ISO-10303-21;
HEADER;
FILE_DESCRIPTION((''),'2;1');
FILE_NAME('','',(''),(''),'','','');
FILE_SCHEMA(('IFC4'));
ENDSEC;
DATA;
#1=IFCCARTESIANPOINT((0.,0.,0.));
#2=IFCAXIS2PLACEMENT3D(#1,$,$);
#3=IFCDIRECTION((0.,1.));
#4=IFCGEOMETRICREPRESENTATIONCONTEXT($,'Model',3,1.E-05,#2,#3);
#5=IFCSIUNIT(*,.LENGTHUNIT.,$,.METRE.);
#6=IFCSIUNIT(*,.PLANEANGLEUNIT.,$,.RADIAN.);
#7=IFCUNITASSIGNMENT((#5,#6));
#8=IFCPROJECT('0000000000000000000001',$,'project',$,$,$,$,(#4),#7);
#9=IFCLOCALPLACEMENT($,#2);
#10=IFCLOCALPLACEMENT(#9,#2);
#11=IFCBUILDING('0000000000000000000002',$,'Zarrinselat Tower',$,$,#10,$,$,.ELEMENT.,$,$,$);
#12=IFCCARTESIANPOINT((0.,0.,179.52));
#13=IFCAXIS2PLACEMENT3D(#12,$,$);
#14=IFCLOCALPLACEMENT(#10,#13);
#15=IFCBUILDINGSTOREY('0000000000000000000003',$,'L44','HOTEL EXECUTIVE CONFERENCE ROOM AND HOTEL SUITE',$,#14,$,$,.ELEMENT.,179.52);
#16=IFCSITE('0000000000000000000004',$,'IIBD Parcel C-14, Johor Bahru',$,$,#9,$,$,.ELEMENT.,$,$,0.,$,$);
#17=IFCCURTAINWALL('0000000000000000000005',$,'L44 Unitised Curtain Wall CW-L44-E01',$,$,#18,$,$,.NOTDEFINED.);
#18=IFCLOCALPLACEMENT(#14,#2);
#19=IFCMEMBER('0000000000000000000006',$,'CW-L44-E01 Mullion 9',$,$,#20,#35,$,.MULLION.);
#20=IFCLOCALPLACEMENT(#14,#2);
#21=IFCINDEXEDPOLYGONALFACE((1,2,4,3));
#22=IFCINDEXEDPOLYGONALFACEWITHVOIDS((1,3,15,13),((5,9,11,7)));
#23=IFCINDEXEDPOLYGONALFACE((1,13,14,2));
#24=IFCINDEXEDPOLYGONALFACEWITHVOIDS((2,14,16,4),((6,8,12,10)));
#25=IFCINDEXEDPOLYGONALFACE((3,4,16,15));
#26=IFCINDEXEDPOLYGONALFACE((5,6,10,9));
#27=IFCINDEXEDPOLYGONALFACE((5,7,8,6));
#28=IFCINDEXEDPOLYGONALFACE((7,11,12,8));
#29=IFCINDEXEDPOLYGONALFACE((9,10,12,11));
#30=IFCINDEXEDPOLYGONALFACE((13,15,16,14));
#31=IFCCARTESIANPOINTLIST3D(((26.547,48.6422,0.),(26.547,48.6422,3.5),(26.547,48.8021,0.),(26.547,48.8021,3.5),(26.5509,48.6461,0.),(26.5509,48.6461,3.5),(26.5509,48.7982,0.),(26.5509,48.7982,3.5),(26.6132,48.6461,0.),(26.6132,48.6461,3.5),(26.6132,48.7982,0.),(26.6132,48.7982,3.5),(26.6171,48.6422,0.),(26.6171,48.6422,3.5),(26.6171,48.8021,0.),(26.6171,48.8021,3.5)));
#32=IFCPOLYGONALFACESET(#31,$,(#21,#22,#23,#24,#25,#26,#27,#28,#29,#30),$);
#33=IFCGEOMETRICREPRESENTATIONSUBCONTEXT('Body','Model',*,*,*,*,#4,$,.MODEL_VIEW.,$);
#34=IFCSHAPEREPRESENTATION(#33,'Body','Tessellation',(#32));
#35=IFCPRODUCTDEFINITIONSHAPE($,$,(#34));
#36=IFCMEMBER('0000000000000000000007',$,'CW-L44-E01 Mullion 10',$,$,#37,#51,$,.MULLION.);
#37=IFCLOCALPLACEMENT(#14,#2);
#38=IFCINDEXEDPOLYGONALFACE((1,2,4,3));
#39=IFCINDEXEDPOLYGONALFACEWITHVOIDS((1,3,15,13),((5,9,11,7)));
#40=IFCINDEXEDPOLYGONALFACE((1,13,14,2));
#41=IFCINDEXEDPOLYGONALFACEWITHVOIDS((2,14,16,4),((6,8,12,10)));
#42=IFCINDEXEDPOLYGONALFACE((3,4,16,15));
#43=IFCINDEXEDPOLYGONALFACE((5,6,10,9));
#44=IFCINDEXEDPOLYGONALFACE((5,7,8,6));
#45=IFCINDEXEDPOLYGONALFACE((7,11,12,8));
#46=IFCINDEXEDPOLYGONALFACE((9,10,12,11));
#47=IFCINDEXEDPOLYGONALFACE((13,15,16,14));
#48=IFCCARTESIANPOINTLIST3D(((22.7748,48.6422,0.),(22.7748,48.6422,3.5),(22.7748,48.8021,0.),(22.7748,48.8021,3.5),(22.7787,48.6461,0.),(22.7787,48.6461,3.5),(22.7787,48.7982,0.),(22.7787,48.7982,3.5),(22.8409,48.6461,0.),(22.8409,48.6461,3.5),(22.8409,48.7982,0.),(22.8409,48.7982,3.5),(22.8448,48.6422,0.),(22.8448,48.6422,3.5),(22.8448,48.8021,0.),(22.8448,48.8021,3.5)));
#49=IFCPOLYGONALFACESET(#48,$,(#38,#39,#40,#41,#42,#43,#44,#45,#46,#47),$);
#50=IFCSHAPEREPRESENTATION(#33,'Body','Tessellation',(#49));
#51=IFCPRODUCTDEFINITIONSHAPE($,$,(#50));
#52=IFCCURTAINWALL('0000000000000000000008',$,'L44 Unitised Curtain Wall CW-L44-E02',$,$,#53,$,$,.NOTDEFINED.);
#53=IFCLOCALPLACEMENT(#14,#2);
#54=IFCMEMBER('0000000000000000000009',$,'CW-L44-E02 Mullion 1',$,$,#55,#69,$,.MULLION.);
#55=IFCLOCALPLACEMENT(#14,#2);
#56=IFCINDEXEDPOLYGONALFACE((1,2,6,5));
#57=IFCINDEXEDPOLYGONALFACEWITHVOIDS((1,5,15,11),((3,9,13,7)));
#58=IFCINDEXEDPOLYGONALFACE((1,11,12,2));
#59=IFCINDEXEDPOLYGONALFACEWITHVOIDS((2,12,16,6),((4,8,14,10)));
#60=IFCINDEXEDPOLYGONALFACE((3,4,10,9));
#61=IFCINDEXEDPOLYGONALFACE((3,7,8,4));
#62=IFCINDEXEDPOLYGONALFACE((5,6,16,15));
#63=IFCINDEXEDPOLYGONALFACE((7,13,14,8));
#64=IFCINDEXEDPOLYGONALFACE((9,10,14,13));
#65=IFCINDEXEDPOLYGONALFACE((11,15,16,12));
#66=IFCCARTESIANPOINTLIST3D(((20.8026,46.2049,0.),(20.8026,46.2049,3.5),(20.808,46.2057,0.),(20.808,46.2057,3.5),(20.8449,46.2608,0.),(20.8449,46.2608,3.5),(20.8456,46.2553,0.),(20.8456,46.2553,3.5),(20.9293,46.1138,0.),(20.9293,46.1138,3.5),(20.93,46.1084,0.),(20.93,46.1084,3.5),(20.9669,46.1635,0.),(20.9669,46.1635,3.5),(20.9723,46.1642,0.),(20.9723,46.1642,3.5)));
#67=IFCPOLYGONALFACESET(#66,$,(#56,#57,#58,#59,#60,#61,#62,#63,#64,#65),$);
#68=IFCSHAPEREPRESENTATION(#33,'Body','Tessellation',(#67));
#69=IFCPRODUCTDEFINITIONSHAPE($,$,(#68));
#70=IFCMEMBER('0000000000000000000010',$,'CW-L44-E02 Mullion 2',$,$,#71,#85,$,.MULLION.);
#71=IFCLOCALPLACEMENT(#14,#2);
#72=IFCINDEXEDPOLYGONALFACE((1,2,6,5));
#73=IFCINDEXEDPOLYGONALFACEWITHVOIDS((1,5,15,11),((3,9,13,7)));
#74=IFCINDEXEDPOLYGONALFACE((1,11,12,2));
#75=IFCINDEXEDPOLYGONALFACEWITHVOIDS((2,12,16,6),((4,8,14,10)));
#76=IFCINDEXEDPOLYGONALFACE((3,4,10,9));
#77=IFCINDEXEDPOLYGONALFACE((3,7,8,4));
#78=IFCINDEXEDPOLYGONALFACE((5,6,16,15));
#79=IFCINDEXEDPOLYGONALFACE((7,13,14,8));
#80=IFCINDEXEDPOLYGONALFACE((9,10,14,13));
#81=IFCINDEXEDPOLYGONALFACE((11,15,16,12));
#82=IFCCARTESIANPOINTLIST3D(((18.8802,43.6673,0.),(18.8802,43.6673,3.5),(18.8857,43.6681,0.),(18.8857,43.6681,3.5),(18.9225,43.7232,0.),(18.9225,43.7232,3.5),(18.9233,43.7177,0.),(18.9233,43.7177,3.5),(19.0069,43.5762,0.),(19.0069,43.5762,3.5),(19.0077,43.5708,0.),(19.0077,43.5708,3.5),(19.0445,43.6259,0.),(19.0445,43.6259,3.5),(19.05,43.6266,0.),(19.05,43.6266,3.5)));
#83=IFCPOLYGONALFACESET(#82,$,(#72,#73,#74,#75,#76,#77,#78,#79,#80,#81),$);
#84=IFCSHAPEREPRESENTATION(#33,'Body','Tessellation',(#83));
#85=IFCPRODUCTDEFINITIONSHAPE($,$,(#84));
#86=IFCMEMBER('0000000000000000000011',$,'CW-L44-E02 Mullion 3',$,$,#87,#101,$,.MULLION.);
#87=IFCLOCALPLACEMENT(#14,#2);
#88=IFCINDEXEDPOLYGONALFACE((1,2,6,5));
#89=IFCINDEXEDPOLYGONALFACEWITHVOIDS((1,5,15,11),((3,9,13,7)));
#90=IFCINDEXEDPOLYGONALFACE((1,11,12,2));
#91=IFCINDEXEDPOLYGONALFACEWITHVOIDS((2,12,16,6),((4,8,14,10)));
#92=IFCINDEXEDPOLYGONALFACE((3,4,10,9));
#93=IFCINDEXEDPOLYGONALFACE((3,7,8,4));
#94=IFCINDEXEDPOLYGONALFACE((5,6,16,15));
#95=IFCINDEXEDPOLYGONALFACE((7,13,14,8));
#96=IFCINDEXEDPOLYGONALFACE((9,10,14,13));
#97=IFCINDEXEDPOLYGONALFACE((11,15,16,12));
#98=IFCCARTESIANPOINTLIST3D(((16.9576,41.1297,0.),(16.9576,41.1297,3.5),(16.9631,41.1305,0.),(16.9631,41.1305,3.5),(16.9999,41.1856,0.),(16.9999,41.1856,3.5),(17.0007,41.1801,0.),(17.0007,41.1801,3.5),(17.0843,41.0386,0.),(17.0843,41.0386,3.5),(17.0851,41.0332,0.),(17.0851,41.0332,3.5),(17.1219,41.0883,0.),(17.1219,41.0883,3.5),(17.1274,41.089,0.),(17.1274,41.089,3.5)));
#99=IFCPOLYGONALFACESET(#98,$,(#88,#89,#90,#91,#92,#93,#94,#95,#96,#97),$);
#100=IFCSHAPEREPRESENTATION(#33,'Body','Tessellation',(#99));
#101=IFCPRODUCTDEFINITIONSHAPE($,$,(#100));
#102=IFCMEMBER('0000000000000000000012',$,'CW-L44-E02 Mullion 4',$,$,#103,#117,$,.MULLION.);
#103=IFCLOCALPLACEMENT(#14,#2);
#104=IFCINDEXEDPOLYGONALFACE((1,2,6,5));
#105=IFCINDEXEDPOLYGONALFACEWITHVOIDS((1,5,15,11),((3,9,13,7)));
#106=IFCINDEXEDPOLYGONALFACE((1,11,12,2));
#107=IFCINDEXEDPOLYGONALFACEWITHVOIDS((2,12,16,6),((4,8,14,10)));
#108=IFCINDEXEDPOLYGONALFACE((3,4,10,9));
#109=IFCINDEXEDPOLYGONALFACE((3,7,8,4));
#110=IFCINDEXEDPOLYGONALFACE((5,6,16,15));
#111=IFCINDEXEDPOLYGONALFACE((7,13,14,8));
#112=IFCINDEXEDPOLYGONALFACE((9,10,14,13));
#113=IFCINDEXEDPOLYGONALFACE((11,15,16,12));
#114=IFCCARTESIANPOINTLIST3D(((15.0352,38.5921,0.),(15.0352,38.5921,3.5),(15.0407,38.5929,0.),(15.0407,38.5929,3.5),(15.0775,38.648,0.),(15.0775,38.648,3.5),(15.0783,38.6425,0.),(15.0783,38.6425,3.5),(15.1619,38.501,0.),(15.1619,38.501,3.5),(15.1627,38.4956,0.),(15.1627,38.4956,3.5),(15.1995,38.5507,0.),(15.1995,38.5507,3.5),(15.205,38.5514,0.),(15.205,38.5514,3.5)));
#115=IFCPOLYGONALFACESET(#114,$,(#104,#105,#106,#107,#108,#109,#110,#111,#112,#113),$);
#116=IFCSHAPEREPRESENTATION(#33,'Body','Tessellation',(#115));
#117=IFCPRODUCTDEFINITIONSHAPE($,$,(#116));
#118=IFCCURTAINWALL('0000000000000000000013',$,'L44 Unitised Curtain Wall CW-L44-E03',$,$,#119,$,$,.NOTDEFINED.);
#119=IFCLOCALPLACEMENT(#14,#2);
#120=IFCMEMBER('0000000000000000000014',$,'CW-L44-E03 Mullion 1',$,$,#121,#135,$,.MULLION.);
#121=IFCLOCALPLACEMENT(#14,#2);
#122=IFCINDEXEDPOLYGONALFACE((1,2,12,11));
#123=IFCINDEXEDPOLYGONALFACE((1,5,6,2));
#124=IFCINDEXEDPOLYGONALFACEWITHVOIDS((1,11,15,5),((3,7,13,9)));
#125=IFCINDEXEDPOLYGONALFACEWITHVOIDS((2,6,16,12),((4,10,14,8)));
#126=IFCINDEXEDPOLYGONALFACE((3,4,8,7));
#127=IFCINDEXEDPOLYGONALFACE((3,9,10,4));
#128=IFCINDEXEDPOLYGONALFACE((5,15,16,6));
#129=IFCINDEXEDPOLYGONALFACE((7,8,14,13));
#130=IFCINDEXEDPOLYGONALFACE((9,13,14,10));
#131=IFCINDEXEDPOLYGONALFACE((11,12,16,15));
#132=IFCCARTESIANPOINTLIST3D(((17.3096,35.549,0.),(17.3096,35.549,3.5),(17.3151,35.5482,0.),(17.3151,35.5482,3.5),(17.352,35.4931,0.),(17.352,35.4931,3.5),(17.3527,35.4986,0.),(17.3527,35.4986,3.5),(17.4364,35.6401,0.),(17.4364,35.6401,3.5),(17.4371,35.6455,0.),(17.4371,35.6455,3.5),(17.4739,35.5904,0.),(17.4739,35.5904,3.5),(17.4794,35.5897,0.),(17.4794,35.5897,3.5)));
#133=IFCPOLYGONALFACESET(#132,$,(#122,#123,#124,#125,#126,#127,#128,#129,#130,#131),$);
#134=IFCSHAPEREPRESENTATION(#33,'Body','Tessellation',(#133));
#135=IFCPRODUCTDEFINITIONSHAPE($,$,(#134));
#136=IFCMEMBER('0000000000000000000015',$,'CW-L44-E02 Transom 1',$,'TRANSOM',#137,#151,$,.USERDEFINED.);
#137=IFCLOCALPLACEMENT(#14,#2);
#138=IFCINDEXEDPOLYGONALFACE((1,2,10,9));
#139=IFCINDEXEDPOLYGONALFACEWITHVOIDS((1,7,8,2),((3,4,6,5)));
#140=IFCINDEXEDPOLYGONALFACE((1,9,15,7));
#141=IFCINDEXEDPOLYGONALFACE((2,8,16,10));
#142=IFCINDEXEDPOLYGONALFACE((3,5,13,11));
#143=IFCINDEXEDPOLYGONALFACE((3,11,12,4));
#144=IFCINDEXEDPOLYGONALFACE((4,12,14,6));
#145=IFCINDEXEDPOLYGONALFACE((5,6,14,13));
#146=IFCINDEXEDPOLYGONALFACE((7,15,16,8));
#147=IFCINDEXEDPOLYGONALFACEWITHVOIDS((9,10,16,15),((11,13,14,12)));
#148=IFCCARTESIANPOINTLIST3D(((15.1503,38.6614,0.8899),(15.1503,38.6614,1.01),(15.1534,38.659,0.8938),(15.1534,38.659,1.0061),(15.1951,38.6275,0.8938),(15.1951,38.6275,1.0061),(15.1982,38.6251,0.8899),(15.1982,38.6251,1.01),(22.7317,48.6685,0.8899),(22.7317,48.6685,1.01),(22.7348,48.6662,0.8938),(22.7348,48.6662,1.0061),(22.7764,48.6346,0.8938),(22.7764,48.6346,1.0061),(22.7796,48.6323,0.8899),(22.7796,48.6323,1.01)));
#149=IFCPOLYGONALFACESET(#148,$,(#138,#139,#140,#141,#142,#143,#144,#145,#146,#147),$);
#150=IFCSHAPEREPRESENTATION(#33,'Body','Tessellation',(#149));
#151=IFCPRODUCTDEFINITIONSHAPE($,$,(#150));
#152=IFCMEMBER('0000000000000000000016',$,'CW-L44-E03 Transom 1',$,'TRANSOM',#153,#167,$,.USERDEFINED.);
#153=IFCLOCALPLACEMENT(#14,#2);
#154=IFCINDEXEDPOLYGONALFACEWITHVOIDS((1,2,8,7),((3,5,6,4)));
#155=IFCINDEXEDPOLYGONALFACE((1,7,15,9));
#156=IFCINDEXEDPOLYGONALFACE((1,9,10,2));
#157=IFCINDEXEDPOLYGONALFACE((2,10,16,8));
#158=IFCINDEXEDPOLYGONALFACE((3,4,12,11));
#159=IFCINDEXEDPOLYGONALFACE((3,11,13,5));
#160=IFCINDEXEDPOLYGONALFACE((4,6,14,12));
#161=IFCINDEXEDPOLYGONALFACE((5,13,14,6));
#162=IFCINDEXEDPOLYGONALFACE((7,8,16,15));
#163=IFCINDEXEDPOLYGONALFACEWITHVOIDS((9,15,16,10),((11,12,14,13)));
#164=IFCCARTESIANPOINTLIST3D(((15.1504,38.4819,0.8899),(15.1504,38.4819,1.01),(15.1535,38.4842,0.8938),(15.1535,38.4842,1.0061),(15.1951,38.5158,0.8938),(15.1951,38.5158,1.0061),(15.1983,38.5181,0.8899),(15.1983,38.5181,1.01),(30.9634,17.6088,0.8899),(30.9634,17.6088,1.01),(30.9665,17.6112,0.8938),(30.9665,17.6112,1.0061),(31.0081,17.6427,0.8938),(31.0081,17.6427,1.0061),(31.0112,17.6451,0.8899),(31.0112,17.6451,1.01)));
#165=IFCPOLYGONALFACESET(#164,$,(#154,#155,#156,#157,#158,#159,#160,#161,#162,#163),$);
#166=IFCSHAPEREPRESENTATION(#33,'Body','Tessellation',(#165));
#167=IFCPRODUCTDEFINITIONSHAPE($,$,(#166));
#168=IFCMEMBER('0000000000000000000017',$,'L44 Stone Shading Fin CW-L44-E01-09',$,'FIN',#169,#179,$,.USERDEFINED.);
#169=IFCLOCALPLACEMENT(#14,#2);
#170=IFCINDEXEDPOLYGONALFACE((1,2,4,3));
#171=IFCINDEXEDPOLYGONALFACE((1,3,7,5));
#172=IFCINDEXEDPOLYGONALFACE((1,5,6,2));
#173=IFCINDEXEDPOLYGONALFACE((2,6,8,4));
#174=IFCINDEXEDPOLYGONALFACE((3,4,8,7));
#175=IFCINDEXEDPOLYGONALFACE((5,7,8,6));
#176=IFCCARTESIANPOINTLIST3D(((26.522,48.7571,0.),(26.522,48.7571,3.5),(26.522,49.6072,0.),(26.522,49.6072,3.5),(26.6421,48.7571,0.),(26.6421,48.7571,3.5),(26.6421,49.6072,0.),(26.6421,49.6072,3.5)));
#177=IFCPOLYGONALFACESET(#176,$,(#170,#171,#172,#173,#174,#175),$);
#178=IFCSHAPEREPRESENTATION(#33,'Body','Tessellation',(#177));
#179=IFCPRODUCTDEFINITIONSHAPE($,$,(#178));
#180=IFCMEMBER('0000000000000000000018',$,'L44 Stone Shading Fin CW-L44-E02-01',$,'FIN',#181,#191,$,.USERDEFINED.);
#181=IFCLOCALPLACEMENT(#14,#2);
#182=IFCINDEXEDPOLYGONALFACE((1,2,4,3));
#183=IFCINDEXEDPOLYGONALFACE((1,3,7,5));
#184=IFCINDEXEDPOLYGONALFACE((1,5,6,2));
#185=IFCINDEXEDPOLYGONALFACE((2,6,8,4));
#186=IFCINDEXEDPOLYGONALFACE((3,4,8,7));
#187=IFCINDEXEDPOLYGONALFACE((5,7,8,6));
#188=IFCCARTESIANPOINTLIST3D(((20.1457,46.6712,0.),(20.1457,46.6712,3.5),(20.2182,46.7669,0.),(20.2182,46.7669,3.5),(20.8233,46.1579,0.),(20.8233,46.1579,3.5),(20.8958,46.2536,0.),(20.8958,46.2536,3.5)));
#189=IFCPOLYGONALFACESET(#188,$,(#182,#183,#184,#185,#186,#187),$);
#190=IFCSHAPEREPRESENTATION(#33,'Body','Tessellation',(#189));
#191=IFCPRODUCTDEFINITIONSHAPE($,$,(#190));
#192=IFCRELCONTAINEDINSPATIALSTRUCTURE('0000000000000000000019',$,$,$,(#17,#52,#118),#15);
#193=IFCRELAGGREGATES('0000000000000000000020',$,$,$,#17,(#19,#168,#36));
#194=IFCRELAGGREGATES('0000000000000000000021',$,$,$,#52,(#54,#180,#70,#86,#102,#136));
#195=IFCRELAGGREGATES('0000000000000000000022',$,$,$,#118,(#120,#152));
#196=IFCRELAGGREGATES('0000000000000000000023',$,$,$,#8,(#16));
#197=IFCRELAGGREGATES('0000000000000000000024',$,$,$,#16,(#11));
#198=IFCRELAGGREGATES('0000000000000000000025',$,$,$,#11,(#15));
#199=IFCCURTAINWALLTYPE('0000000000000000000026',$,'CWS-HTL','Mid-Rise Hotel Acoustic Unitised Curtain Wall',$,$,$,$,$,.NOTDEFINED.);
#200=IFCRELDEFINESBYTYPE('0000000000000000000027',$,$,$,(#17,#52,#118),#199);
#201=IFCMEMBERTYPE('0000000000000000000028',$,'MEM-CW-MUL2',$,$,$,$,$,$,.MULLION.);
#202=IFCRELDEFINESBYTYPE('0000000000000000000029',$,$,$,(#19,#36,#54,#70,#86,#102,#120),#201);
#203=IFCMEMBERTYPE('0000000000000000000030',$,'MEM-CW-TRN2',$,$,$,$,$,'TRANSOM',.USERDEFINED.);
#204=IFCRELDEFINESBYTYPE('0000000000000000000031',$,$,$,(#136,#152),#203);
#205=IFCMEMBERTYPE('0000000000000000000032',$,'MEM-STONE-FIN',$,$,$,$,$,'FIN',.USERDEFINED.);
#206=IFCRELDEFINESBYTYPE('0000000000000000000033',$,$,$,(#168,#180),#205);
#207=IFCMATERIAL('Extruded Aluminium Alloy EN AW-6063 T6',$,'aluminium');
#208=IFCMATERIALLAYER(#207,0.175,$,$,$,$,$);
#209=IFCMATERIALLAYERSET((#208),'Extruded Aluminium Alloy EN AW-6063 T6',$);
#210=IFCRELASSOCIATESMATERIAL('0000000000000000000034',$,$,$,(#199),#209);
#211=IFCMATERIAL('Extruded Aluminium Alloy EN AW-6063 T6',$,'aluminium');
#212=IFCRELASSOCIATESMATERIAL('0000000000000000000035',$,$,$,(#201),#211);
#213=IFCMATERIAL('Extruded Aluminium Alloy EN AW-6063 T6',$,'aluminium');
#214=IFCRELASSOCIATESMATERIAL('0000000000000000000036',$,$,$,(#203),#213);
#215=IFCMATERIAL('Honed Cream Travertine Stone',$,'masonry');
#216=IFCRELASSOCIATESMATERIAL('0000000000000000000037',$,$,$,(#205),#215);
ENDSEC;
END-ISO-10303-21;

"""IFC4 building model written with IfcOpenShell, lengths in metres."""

from ifc_helpers import new_model, si_unit, direction, frame, origin, origin_2d, place, context, subcontext, project, spatial, rectangle, hollow_rectangle, extrude, material, layer, layer_set, material_profile, profile_set, type_object, element, aggregate, save


model = new_model("IFC4")

# Units and contexts
model_context = context("Model", 3, precision=1e-05, world=origin(), true_north=direction((0.0, 1.0)))
body_context = subcontext(model_context, "Body", "Model", "MODEL_VIEW")
ifc_project = project(units=[si_unit("LENGTHUNIT", "METRE"), si_unit("PLANEANGLEUNIT", "RADIAN")], contexts=[model_context])

# Site, building, storey
site_placement = place(None, origin())
site = spatial("IfcSite", under=ifc_project, at=site_placement, Name="IIBD Parcel C-14, Johor Bahru", CompositionType="ELEMENT", RefElevation=0.0)
building_placement = place(site_placement, origin())
building = spatial("IfcBuilding", under=site, at=building_placement, Name="Zarrinselat Tower", CompositionType="ELEMENT")
storey_placement = place(building_placement, frame((0.0, 0.0, 179.52)))
storey = spatial("IfcBuildingStorey", under=building, at=storey_placement, Name="L44", Description="HOTEL EXECUTIVE CONFERENCE ROOM AND HOTEL SUITE", CompositionType="ELEMENT", Elevation=179.52)

# Curtain walls, members
ifc_material_1 = material(Name="Extruded Aluminium Alloy EN AW-6063 T6", Category="aluminium")
ifc_layer_1 = layer(ifc_material_1, 0.175)
ifc_layer_set_1 = layer_set([ifc_layer_1], Name="Extruded Aluminium Alloy EN AW-6063 T6")
curtain_wall_type = type_object("IfcCurtainWallType", Name="CWS-HTL", Description="Mid-Rise Hotel Acoustic Unitised Curtain Wall", PredefinedType="NOTDEFINED", material=ifc_layer_set_1)
curtain_wall_1_placement = place(storey_placement, origin())
curtain_wall_1 = element("IfcCurtainWall", 1, at=curtain_wall_1_placement, inside=storey, type_object=curtain_wall_type, Name="L44 Unitised Curtain Wall CW-L44-E01", PredefinedType="NOTDEFINED")
ifc_material_2 = material(Name="Extruded Aluminium Alloy EN AW-6063 T6", Category="aluminium")
ifc_material_profile_1 = material_profile(ifc_material_2, hollow_rectangle(XDim=0.0701, YDim=0.1599, WallThickness=0.0039, at=origin_2d()), Name="RHS 160x70x4")
ifc_profile_set_1 = profile_set([ifc_material_profile_1], Name="Extruded Aluminium Alloy EN AW-6063 T6")
member_type_1 = type_object("IfcMemberType", Name="MEM-CW-MUL2", PredefinedType="MULLION", material=ifc_profile_set_1)
member_1_placement = place(storey_placement, frame((26.582, 48.7222, 0.0), z_axis=(0.0, 0.0, 1.0), x_axis=(-1.0, 0.0, 0.0)))
member_1 = element("IfcMember", 2, at=member_1_placement, type_object=member_type_1, Name="CW-L44-E01 Mullion 9", PredefinedType="MULLION", context=body_context, shape_type="SweptSolid", body=[
    extrude(hollow_rectangle(XDim=0.0701, YDim=0.1599, WallThickness=0.0039, at=origin_2d()), origin(), (0.0, 0.0, 1.0), 3.5),
])
member_2_placement = place(storey_placement, frame((22.8098, 48.7222, 0.0), z_axis=(0.0, 0.0, 1.0), x_axis=(-1.0, 0.0, 0.0)))
member_2 = element("IfcMember", 3, at=member_2_placement, type_object=member_type_1, Name="CW-L44-E01 Mullion 10", PredefinedType="MULLION", context=body_context, shape_type="SweptSolid", body=[
    extrude(hollow_rectangle(XDim=0.0701, YDim=0.1599, WallThickness=0.0039, at=origin_2d()), origin(), (0.0, 0.0, 1.0), 3.5),
])
curtain_wall_2_placement = place(storey_placement, origin())
curtain_wall_2 = element("IfcCurtainWall", 4, at=curtain_wall_2_placement, inside=storey, type_object=curtain_wall_type, Name="L44 Unitised Curtain Wall CW-L44-E02", PredefinedType="NOTDEFINED")
member_3_placement = place(storey_placement, frame((20.8875, 46.1846, 0.0), z_axis=(0.0, 0.0, 1.0), x_axis=(-0.603859, -0.797091, 0.0)))
member_3 = element("IfcMember", 5, at=member_3_placement, type_object=member_type_1, Name="CW-L44-E02 Mullion 1", PredefinedType="MULLION", context=body_context, shape_type="SweptSolid", body=[
    extrude(hollow_rectangle(XDim=0.0701, YDim=0.1599, WallThickness=0.0039, at=origin_2d()), origin(), (0.0, 0.0, 1.0), 3.5),
])
member_4_placement = place(storey_placement, frame((18.9651, 43.647, 0.0), z_axis=(0.0, 0.0, 1.0), x_axis=(-0.603859, -0.797091, 0.0)))
member_4 = element("IfcMember", 6, at=member_4_placement, type_object=member_type_1, Name="CW-L44-E02 Mullion 2", PredefinedType="MULLION", context=body_context, shape_type="SweptSolid", body=[
    extrude(hollow_rectangle(XDim=0.0701, YDim=0.1599, WallThickness=0.0039, at=origin_2d()), origin(), (0.0, 0.0, 1.0), 3.5),
])
member_5_placement = place(storey_placement, frame((17.0425, 41.1094, 0.0), z_axis=(0.0, 0.0, 1.0), x_axis=(-0.603859, -0.797091, 0.0)))
member_5 = element("IfcMember", 7, at=member_5_placement, type_object=member_type_1, Name="CW-L44-E02 Mullion 3", PredefinedType="MULLION", context=body_context, shape_type="SweptSolid", body=[
    extrude(hollow_rectangle(XDim=0.0701, YDim=0.1599, WallThickness=0.0039, at=origin_2d()), origin(), (0.0, 0.0, 1.0), 3.5),
])
member_6_placement = place(storey_placement, frame((15.1201, 38.5718, 0.0), z_axis=(0.0, 0.0, 1.0), x_axis=(-0.603859, -0.797091, 0.0)))
member_6 = element("IfcMember", 8, at=member_6_placement, type_object=member_type_1, Name="CW-L44-E02 Mullion 4", PredefinedType="MULLION", context=body_context, shape_type="SweptSolid", body=[
    extrude(hollow_rectangle(XDim=0.0701, YDim=0.1599, WallThickness=0.0039, at=origin_2d()), origin(), (0.0, 0.0, 1.0), 3.5),
])

# Curtain wall, member
curtain_wall_3_placement = place(storey_placement, origin())
curtain_wall_3 = element("IfcCurtainWall", 9, at=curtain_wall_3_placement, inside=storey, type_object=curtain_wall_type, Name="L44 Unitised Curtain Wall CW-L44-E03", PredefinedType="NOTDEFINED")
member_7_placement = place(storey_placement, frame((17.3945, 35.5693, 0.0), z_axis=(0.0, 0.0, 1.0), x_axis=(0.603857, -0.797092, 0.0)))
member_7 = element("IfcMember", 10, at=member_7_placement, type_object=member_type_1, Name="CW-L44-E03 Mullion 1", PredefinedType="MULLION", context=body_context, shape_type="SweptSolid", body=[
    extrude(hollow_rectangle(XDim=0.0701, YDim=0.1599, WallThickness=0.0039, at=origin_2d()), origin(), (0.0, 0.0, 1.0), 3.5),
])

# Members
ifc_material_3 = material(Name="Extruded Aluminium Alloy EN AW-6063 T6", Category="aluminium")
ifc_material_profile_2 = material_profile(ifc_material_3, hollow_rectangle(XDim=0.0601, YDim=0.1201, WallThickness=0.0039, at=origin_2d()), Name="RHS 120x60x4")
ifc_profile_set_2 = profile_set([ifc_material_profile_2], Name="Extruded Aluminium Alloy EN AW-6063 T6")
member_type_2 = type_object("IfcMemberType", Name="MEM-CW-TRN2", ElementType="TRANSOM", PredefinedType="USERDEFINED", material=ifc_profile_set_2)
member_8_placement = place(storey_placement, frame((22.7556, 48.6504, 0.95), z_axis=(-0.603867, -0.797085, 0.0), x_axis=(0.797085, -0.603867, 0.0)))
member_8 = element("IfcMember", 11, at=member_8_placement, type_object=member_type_2, Name="CW-L44-E02 Transom 1", ObjectType="TRANSOM", PredefinedType="USERDEFINED", context=body_context, shape_type="SweptSolid", body=[
    extrude(hollow_rectangle(XDim=0.0601, YDim=0.1201, WallThickness=0.0039, at=origin_2d()), origin(), (0.0, 0.0, 1.0), 12.5547),
])
member_9_placement = place(storey_placement, frame((15.1743, 38.5, 0.95), z_axis=(0.603859, -0.797091, 0.0), x_axis=(0.797091, 0.603859, 0.0)))
member_9 = element("IfcMember", 12, at=member_9_placement, type_object=member_type_2, Name="CW-L44-E03 Transom 1", ObjectType="TRANSOM", PredefinedType="USERDEFINED", context=body_context, shape_type="SweptSolid", body=[
    extrude(hollow_rectangle(XDim=0.0601, YDim=0.1201, WallThickness=0.0039, at=origin_2d()), origin(), (0.0, 0.0, 1.0), 26.1865),
])
ifc_material_4 = material(Name="Honed Cream Travertine Stone", Category="masonry")
ifc_material_profile_3 = material_profile(ifc_material_4, rectangle(XDim=0.1201, YDim=0.8501, at=origin_2d()), Name="FIN 850x120")
ifc_profile_set_3 = profile_set([ifc_material_profile_3], Name="Honed Cream Travertine Stone")
member_type_3 = type_object("IfcMemberType", Name="MEM-STONE-FIN", ElementType="FIN", PredefinedType="USERDEFINED", material=ifc_profile_set_3)
member_10_placement = place(storey_placement, frame((26.582, 49.1821, 0.0), z_axis=(0.0, 0.0, 1.0), x_axis=(1.0, 0.0, 0.0)))
member_10 = element("IfcMember", 13, at=member_10_placement, type_object=member_type_3, Name="L44 Stone Shading Fin CW-L44-E01-09", ObjectType="FIN", PredefinedType="USERDEFINED", context=body_context, shape_type="SweptSolid", body=[
    extrude(rectangle(XDim=0.1201, YDim=0.8501, at=origin_2d()), origin(), (0.0, 0.0, 1.0), 3.5),
])
member_11_placement = place(storey_placement, frame((20.5208, 46.4624, 0.0), z_axis=(0.0, 0.0, 1.0), x_axis=(0.603859, 0.797091, 0.0)))
member_11 = element("IfcMember", 14, at=member_11_placement, type_object=member_type_3, Name="L44 Stone Shading Fin CW-L44-E02-01", ObjectType="FIN", PredefinedType="USERDEFINED", context=body_context, shape_type="SweptSolid", body=[
    extrude(rectangle(XDim=0.1201, YDim=0.8501, at=origin_2d()), origin(), (0.0, 0.0, 1.0), 3.5),
])

aggregate(curtain_wall_1, [member_1, member_10, member_2])
aggregate(curtain_wall_2, [member_3, member_11, member_4, member_5, member_6, member_8])
aggregate(curtain_wall_3, [member_7, member_9])

save(model, "model.ifc")
